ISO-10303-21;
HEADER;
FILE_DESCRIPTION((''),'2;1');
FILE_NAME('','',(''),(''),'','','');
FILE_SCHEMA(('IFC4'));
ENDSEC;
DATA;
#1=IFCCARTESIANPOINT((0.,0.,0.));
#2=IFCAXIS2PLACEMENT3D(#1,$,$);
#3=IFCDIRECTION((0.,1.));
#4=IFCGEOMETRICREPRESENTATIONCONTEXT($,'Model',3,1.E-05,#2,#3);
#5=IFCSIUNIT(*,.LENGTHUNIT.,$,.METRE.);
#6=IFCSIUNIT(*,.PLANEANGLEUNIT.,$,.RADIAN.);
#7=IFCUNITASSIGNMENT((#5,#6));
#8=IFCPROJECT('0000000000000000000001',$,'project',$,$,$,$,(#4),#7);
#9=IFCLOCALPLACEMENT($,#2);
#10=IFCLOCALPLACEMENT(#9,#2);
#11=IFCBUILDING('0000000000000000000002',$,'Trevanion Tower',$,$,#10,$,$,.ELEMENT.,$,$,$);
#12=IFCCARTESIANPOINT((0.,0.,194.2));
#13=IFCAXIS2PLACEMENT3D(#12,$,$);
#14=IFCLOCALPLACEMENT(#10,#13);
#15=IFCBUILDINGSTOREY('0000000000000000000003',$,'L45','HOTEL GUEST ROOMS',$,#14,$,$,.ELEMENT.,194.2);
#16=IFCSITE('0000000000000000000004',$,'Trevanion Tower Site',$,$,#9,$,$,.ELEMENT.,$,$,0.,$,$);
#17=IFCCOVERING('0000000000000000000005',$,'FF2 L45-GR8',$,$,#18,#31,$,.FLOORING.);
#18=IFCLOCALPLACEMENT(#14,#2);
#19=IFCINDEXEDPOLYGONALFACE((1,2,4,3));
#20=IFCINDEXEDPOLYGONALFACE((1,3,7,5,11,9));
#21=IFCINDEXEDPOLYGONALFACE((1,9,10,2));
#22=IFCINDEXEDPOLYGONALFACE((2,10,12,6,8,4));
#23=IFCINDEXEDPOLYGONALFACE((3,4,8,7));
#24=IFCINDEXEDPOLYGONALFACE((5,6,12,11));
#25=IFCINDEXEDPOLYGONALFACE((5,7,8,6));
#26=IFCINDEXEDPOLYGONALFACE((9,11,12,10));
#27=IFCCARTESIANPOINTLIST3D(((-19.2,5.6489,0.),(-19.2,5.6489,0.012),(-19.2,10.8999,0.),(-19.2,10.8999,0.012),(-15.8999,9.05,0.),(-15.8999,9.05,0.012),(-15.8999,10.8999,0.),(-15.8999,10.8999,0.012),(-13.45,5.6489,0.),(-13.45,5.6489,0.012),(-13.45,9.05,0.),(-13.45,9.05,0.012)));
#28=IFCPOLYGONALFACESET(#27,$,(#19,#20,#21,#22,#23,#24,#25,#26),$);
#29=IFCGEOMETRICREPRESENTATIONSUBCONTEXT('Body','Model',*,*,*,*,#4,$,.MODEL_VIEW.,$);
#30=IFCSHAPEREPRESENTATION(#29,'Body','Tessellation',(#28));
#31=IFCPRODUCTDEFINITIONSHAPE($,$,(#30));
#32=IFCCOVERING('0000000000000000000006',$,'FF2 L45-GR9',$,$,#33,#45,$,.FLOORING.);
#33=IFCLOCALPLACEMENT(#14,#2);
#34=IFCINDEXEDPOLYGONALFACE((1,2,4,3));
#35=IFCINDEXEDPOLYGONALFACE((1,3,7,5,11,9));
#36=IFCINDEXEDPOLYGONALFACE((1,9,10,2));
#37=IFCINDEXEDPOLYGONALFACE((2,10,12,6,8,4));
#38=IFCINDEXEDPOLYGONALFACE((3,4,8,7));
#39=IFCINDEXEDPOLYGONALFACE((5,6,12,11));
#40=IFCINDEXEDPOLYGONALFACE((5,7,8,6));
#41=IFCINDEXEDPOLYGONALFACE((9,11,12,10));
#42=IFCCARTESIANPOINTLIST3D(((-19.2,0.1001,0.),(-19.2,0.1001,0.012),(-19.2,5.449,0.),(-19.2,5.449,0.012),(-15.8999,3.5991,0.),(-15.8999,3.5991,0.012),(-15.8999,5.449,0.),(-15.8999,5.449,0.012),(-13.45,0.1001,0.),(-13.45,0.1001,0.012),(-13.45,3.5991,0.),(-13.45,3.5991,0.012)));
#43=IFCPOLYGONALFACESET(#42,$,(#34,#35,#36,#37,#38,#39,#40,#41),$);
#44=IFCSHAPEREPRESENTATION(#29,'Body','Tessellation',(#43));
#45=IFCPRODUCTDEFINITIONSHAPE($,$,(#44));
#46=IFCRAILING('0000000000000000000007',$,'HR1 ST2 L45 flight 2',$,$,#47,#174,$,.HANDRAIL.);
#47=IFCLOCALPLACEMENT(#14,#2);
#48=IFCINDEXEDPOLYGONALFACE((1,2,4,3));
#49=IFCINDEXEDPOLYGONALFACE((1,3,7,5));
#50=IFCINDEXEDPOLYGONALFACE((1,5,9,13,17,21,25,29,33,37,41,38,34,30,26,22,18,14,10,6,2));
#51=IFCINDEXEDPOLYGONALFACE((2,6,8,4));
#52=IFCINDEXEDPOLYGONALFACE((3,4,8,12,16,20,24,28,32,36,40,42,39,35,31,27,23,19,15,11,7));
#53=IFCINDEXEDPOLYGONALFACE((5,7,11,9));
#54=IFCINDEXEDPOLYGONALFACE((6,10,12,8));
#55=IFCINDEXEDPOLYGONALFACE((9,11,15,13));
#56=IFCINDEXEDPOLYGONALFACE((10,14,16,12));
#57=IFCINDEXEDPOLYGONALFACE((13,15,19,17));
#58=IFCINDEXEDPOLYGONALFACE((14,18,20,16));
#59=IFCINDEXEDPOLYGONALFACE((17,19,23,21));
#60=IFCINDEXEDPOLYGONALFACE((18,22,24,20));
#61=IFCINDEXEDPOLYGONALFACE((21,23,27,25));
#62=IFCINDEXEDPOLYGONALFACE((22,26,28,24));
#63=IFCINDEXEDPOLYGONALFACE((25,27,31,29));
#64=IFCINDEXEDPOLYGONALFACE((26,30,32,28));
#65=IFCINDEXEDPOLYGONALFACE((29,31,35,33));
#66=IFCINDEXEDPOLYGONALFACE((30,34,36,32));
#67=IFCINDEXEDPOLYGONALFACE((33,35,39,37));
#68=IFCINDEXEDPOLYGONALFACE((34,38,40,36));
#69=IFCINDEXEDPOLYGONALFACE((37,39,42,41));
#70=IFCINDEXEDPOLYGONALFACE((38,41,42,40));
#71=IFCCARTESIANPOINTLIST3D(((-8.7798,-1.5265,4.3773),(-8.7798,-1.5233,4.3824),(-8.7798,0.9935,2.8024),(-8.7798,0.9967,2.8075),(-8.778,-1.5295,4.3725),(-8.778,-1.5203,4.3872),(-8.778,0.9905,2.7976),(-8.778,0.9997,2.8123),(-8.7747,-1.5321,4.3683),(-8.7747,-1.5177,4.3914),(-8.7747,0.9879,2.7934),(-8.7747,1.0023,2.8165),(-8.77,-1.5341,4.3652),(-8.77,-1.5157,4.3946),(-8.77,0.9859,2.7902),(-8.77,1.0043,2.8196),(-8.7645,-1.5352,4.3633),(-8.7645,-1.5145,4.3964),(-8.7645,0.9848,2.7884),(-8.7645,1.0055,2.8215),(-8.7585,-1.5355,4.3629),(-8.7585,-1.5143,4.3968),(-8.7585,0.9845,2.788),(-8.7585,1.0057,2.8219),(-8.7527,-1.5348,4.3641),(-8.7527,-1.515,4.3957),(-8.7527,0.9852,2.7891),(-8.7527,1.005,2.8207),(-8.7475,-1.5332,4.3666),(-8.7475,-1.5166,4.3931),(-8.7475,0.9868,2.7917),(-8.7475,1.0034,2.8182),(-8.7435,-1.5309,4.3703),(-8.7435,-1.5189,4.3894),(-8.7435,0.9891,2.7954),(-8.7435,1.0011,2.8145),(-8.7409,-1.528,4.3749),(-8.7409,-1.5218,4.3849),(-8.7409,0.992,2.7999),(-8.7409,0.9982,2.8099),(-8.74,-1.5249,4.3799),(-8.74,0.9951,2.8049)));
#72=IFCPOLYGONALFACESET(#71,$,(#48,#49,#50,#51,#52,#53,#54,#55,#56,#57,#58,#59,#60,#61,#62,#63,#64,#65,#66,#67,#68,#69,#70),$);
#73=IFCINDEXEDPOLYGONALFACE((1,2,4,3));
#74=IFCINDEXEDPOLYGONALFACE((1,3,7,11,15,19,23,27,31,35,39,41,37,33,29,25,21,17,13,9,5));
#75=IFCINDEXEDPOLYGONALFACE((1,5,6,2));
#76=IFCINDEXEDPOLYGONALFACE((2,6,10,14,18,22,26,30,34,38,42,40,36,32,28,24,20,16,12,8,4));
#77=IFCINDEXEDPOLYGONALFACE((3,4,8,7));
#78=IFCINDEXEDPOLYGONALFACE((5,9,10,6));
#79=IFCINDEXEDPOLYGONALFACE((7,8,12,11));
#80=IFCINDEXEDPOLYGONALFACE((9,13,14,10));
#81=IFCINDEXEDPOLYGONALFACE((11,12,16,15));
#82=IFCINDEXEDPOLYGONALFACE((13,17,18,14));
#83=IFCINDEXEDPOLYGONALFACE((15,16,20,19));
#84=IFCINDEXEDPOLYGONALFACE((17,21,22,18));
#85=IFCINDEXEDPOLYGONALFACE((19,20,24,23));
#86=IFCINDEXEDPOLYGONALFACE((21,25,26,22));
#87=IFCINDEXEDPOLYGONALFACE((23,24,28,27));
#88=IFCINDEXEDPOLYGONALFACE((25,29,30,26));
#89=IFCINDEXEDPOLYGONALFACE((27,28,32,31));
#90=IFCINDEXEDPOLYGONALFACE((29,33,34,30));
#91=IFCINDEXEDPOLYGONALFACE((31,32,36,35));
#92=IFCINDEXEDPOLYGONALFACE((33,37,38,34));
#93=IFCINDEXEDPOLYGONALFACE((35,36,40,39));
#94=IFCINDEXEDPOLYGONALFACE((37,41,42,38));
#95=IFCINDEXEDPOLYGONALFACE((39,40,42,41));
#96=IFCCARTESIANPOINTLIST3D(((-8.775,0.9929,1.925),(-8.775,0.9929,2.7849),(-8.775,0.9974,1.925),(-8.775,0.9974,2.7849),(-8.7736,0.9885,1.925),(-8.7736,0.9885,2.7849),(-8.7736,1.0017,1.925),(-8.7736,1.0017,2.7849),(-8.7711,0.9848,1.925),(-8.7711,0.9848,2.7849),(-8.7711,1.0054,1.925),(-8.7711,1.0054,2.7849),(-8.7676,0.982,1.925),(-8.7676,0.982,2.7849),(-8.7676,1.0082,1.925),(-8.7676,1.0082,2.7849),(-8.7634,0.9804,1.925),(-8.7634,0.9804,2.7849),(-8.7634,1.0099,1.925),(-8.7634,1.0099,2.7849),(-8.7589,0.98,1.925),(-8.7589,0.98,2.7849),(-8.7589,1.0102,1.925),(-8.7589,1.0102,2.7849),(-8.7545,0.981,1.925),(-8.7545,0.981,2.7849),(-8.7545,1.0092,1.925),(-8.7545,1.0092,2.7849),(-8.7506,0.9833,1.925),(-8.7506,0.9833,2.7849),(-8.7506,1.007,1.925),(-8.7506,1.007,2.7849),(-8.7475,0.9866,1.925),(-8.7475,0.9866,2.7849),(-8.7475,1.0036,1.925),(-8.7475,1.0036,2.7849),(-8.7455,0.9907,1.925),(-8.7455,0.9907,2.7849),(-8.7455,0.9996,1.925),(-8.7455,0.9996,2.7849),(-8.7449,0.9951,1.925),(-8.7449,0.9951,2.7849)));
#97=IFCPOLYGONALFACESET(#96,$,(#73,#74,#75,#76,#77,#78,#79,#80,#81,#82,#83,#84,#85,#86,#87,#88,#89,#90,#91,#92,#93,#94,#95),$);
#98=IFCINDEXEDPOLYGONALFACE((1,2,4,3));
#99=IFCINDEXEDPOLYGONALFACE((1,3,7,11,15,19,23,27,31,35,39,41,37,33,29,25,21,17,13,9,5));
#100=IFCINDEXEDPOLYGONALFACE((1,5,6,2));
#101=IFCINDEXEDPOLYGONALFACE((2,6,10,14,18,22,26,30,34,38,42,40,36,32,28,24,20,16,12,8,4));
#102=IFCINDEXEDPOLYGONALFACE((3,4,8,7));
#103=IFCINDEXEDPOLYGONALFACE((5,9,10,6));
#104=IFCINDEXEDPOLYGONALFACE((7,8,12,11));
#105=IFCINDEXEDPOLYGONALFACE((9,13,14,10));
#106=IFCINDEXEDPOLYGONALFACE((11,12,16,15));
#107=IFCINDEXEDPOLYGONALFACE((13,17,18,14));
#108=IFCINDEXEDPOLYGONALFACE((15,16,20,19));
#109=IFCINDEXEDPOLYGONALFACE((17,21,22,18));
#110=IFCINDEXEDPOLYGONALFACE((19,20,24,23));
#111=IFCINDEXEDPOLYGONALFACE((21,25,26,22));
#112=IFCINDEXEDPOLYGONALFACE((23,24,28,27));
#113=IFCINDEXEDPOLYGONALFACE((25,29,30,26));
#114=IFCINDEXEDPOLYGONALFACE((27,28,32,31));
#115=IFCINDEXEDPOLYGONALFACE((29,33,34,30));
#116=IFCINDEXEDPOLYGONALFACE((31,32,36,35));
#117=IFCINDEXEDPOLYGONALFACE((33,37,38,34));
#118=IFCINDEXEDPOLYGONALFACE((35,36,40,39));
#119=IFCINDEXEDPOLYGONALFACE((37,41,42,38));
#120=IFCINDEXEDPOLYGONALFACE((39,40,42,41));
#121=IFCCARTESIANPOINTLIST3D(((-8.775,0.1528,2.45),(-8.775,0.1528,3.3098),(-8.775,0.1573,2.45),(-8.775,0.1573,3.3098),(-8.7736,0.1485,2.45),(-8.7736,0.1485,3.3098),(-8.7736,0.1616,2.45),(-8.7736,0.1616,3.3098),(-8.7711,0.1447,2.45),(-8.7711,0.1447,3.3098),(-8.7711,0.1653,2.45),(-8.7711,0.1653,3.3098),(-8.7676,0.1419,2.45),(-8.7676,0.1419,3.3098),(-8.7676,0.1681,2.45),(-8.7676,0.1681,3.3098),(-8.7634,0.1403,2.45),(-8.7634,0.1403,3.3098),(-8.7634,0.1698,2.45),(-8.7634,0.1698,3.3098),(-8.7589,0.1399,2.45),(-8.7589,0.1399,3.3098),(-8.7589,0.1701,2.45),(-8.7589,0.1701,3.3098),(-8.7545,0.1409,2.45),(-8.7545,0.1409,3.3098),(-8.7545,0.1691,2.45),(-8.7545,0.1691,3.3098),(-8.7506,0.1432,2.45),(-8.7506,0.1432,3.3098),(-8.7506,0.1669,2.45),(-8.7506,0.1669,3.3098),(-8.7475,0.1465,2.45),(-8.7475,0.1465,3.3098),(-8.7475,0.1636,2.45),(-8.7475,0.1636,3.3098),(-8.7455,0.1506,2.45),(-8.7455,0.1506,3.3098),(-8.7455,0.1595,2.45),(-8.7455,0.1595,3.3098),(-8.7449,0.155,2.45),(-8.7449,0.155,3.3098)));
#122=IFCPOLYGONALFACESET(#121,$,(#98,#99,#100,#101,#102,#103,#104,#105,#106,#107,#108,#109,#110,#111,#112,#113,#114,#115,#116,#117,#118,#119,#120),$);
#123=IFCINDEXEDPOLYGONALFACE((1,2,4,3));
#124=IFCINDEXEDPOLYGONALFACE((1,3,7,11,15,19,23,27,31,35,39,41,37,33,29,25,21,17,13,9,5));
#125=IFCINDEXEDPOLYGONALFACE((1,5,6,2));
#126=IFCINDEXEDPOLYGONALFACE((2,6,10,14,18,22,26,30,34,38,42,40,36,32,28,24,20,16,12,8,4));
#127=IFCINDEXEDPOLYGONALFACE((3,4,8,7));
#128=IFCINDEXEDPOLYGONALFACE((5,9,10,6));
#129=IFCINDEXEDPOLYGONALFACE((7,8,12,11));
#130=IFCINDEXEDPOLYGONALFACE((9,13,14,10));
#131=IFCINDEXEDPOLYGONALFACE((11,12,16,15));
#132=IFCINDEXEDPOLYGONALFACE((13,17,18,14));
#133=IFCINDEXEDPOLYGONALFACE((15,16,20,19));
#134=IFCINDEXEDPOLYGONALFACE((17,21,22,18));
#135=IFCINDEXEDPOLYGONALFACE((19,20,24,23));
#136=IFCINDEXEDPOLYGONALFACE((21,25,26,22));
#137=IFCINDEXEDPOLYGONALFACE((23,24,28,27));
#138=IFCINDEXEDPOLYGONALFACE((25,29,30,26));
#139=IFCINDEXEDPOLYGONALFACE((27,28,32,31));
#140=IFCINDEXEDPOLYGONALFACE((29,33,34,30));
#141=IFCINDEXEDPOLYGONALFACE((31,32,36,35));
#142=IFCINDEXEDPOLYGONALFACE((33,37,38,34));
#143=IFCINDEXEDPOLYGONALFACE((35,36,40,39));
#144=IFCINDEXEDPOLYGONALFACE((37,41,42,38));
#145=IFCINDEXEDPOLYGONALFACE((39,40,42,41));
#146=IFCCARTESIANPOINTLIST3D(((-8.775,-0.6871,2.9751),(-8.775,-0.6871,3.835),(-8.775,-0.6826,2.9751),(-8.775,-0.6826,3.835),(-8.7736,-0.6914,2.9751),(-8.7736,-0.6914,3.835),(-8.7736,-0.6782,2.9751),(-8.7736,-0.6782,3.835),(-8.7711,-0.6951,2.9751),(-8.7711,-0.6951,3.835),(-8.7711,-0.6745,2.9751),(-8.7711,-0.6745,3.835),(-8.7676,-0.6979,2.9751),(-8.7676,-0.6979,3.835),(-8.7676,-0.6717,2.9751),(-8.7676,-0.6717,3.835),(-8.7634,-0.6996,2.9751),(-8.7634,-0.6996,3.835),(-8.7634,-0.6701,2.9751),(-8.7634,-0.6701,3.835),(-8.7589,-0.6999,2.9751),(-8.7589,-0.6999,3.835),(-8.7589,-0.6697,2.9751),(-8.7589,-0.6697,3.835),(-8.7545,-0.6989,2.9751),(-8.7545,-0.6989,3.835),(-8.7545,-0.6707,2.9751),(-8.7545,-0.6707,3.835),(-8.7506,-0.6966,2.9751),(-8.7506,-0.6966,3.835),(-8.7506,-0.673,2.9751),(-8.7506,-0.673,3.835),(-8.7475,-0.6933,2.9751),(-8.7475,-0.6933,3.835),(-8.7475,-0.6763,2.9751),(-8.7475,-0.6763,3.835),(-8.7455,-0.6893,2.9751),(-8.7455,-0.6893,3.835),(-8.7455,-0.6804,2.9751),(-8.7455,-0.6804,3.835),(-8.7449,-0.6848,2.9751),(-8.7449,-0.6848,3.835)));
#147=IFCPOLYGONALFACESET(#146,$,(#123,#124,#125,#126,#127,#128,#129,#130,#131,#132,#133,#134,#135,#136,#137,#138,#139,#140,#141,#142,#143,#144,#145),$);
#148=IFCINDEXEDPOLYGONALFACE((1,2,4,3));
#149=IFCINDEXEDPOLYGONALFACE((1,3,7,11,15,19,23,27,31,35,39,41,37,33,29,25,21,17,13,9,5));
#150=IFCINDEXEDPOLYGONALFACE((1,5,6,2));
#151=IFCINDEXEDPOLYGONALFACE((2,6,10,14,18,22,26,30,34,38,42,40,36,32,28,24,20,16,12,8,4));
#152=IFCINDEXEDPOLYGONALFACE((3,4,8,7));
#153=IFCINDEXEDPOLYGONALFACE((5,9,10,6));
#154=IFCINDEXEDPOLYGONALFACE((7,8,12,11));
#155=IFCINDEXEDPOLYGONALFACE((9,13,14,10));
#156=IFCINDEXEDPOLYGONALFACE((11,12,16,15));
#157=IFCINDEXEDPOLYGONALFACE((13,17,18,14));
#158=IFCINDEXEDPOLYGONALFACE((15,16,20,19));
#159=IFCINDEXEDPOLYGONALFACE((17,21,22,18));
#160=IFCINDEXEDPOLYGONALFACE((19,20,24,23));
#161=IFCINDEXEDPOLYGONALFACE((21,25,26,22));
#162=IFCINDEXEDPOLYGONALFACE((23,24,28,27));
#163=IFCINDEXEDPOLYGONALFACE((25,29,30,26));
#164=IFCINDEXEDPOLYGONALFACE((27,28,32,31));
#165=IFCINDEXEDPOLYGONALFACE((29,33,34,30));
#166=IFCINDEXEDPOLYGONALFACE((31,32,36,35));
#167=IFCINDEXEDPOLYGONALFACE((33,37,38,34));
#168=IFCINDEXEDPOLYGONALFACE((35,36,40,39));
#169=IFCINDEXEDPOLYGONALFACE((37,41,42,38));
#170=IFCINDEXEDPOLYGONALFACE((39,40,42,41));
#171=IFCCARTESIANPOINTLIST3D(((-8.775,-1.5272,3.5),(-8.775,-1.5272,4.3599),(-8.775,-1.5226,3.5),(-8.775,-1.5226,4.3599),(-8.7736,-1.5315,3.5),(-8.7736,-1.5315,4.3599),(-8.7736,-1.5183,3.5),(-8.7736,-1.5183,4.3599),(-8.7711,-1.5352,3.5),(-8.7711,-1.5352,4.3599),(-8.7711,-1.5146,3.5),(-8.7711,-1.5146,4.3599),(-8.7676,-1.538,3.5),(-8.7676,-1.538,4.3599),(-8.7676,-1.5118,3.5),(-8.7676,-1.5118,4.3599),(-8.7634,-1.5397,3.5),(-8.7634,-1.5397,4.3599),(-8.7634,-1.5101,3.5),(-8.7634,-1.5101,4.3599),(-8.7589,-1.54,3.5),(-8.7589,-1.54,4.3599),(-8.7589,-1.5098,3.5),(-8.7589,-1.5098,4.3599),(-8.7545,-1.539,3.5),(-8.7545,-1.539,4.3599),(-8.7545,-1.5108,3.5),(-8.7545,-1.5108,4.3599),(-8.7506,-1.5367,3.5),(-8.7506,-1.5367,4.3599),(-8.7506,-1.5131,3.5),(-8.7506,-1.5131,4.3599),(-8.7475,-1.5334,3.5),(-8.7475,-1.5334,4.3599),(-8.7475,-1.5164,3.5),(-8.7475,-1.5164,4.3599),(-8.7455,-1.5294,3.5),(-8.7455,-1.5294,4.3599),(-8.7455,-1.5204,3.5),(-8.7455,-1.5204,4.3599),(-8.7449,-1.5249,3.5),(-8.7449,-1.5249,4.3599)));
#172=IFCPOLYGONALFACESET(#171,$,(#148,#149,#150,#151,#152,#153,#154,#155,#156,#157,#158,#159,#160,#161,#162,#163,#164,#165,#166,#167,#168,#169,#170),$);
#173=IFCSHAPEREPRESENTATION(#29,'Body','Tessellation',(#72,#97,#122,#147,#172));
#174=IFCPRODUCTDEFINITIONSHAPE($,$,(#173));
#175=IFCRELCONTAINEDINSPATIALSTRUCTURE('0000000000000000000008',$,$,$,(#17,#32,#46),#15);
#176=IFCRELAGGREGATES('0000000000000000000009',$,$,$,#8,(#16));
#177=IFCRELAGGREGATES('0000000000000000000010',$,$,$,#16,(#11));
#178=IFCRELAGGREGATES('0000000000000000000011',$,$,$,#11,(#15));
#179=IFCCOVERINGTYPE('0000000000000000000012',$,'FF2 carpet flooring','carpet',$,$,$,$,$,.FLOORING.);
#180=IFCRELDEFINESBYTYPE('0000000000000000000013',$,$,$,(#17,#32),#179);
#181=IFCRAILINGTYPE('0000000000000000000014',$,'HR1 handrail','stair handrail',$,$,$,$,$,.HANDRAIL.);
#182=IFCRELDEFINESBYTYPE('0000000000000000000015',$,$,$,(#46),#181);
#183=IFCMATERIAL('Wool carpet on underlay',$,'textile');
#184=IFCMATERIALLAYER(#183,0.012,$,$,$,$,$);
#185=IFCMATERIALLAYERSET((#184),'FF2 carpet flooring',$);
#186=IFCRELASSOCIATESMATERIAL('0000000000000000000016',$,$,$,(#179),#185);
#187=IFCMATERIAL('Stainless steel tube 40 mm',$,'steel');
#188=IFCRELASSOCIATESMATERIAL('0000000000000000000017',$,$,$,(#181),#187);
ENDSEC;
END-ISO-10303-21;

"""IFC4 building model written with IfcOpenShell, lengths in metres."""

from ifc_helpers import new_model, si_unit, direction, frame, origin, origin_2d, place, context, subcontext, project, spatial, polyline, circle, outline, extrude, material, layer, layer_set, type_object, element, save


model = new_model("IFC4")

# Units and contexts
model_context = context("Model", 3, precision=1e-05, world=origin(), true_north=direction((0.0, 1.0)))
body_context = subcontext(model_context, "Body", "Model", "MODEL_VIEW")
ifc_project = project(units=[si_unit("LENGTHUNIT", "METRE"), si_unit("PLANEANGLEUNIT", "RADIAN")], contexts=[model_context])

# Site, building, storey
site_placement = place(None, origin())
site = spatial("IfcSite", under=ifc_project, at=site_placement, Name="Trevanion Tower Site", CompositionType="ELEMENT", RefElevation=0.0)
building_placement = place(site_placement, origin())
building = spatial("IfcBuilding", under=site, at=building_placement, Name="Trevanion Tower", CompositionType="ELEMENT")
storey_placement = place(building_placement, frame((0.0, 0.0, 194.2)))
storey = spatial("IfcBuildingStorey", under=building, at=storey_placement, Name="L45", Description="HOTEL GUEST ROOMS", CompositionType="ELEMENT", Elevation=194.2)

# Coverings
ifc_material_1 = material(Name="Wool carpet on underlay", Category="textile")
ifc_layer_1 = layer(ifc_material_1, 0.012)
ifc_layer_set_1 = layer_set([ifc_layer_1], Name="FF2 carpet flooring")
covering_type = type_object("IfcCoveringType", Name="FF2 carpet flooring", Description="carpet", PredefinedType="FLOORING", material=ifc_layer_set_1)
covering_1_placement = place(storey_placement, origin())
element("IfcCovering", 1, at=covering_1_placement, inside=storey, type_object=covering_type, Name="FF2 L45-GR8", PredefinedType="FLOORING", context=body_context, shape_type="SweptSolid", body=[
    extrude(outline(polyline([(-13.45, 5.6489), (-19.2, 5.6489), (-19.2, 10.8999), (-15.8999, 10.8999), (-15.8999, 9.05), (-13.45, 9.05), (-13.45, 5.6489)])), origin(), (0.0, 0.0, 1.0), 0.012),
])
covering_2_placement = place(storey_placement, origin())
element("IfcCovering", 2, at=covering_2_placement, inside=storey, type_object=covering_type, Name="FF2 L45-GR9", PredefinedType="FLOORING", context=body_context, shape_type="SweptSolid", body=[
    extrude(outline(polyline([(-13.45, 0.1001), (-19.2, 0.1001), (-19.2, 5.449), (-15.8999, 5.449), (-15.8999, 3.5991), (-13.45, 3.5991), (-13.45, 0.1001)])), origin(), (0.0, 0.0, 1.0), 0.012),
])

# Railing
ifc_material_2 = material(Name="Stainless steel tube 40 mm", Category="steel")
railing_type = type_object("IfcRailingType", Name="HR1 handrail", Description="stair handrail", PredefinedType="HANDRAIL", material=ifc_material_2)
railing_placement = place(storey_placement, frame((-8.76, 0.9951, 1.925)))
element("IfcRailing", 3, at=railing_placement, inside=storey, type_object=railing_type, Name="HR1 ST2 L45 flight 2", PredefinedType="HANDRAIL", context=body_context, shape_type="SweptSolid", body=[
    extrude(circle(Radius=0.02, at=origin_2d()), frame((0.0, 0.0, 0.8799), z_axis=(0.0, -0.848008, 0.529984), x_axis=(1.0, 0.0, 0.0)), (0.0, 0.0, 1.0), 2.9717),
    extrude(circle(Radius=0.0151, at=origin_2d()), origin(), (0.0, 0.0, 1.0), 0.8599),
    extrude(circle(Radius=0.0151, at=origin_2d()), frame((0.0, -0.8401, 0.5249)), (0.0, 0.0, 1.0), 0.8599),
    extrude(circle(Radius=0.0151, at=origin_2d()), frame((0.0, -1.6799, 1.05)), (0.0, 0.0, 1.0), 0.8599),
    extrude(circle(Radius=0.0151, at=origin_2d()), frame((0.0, -2.52, 1.575)), (0.0, 0.0, 1.0), 0.8599),
])

save(model, "model.ifc")
